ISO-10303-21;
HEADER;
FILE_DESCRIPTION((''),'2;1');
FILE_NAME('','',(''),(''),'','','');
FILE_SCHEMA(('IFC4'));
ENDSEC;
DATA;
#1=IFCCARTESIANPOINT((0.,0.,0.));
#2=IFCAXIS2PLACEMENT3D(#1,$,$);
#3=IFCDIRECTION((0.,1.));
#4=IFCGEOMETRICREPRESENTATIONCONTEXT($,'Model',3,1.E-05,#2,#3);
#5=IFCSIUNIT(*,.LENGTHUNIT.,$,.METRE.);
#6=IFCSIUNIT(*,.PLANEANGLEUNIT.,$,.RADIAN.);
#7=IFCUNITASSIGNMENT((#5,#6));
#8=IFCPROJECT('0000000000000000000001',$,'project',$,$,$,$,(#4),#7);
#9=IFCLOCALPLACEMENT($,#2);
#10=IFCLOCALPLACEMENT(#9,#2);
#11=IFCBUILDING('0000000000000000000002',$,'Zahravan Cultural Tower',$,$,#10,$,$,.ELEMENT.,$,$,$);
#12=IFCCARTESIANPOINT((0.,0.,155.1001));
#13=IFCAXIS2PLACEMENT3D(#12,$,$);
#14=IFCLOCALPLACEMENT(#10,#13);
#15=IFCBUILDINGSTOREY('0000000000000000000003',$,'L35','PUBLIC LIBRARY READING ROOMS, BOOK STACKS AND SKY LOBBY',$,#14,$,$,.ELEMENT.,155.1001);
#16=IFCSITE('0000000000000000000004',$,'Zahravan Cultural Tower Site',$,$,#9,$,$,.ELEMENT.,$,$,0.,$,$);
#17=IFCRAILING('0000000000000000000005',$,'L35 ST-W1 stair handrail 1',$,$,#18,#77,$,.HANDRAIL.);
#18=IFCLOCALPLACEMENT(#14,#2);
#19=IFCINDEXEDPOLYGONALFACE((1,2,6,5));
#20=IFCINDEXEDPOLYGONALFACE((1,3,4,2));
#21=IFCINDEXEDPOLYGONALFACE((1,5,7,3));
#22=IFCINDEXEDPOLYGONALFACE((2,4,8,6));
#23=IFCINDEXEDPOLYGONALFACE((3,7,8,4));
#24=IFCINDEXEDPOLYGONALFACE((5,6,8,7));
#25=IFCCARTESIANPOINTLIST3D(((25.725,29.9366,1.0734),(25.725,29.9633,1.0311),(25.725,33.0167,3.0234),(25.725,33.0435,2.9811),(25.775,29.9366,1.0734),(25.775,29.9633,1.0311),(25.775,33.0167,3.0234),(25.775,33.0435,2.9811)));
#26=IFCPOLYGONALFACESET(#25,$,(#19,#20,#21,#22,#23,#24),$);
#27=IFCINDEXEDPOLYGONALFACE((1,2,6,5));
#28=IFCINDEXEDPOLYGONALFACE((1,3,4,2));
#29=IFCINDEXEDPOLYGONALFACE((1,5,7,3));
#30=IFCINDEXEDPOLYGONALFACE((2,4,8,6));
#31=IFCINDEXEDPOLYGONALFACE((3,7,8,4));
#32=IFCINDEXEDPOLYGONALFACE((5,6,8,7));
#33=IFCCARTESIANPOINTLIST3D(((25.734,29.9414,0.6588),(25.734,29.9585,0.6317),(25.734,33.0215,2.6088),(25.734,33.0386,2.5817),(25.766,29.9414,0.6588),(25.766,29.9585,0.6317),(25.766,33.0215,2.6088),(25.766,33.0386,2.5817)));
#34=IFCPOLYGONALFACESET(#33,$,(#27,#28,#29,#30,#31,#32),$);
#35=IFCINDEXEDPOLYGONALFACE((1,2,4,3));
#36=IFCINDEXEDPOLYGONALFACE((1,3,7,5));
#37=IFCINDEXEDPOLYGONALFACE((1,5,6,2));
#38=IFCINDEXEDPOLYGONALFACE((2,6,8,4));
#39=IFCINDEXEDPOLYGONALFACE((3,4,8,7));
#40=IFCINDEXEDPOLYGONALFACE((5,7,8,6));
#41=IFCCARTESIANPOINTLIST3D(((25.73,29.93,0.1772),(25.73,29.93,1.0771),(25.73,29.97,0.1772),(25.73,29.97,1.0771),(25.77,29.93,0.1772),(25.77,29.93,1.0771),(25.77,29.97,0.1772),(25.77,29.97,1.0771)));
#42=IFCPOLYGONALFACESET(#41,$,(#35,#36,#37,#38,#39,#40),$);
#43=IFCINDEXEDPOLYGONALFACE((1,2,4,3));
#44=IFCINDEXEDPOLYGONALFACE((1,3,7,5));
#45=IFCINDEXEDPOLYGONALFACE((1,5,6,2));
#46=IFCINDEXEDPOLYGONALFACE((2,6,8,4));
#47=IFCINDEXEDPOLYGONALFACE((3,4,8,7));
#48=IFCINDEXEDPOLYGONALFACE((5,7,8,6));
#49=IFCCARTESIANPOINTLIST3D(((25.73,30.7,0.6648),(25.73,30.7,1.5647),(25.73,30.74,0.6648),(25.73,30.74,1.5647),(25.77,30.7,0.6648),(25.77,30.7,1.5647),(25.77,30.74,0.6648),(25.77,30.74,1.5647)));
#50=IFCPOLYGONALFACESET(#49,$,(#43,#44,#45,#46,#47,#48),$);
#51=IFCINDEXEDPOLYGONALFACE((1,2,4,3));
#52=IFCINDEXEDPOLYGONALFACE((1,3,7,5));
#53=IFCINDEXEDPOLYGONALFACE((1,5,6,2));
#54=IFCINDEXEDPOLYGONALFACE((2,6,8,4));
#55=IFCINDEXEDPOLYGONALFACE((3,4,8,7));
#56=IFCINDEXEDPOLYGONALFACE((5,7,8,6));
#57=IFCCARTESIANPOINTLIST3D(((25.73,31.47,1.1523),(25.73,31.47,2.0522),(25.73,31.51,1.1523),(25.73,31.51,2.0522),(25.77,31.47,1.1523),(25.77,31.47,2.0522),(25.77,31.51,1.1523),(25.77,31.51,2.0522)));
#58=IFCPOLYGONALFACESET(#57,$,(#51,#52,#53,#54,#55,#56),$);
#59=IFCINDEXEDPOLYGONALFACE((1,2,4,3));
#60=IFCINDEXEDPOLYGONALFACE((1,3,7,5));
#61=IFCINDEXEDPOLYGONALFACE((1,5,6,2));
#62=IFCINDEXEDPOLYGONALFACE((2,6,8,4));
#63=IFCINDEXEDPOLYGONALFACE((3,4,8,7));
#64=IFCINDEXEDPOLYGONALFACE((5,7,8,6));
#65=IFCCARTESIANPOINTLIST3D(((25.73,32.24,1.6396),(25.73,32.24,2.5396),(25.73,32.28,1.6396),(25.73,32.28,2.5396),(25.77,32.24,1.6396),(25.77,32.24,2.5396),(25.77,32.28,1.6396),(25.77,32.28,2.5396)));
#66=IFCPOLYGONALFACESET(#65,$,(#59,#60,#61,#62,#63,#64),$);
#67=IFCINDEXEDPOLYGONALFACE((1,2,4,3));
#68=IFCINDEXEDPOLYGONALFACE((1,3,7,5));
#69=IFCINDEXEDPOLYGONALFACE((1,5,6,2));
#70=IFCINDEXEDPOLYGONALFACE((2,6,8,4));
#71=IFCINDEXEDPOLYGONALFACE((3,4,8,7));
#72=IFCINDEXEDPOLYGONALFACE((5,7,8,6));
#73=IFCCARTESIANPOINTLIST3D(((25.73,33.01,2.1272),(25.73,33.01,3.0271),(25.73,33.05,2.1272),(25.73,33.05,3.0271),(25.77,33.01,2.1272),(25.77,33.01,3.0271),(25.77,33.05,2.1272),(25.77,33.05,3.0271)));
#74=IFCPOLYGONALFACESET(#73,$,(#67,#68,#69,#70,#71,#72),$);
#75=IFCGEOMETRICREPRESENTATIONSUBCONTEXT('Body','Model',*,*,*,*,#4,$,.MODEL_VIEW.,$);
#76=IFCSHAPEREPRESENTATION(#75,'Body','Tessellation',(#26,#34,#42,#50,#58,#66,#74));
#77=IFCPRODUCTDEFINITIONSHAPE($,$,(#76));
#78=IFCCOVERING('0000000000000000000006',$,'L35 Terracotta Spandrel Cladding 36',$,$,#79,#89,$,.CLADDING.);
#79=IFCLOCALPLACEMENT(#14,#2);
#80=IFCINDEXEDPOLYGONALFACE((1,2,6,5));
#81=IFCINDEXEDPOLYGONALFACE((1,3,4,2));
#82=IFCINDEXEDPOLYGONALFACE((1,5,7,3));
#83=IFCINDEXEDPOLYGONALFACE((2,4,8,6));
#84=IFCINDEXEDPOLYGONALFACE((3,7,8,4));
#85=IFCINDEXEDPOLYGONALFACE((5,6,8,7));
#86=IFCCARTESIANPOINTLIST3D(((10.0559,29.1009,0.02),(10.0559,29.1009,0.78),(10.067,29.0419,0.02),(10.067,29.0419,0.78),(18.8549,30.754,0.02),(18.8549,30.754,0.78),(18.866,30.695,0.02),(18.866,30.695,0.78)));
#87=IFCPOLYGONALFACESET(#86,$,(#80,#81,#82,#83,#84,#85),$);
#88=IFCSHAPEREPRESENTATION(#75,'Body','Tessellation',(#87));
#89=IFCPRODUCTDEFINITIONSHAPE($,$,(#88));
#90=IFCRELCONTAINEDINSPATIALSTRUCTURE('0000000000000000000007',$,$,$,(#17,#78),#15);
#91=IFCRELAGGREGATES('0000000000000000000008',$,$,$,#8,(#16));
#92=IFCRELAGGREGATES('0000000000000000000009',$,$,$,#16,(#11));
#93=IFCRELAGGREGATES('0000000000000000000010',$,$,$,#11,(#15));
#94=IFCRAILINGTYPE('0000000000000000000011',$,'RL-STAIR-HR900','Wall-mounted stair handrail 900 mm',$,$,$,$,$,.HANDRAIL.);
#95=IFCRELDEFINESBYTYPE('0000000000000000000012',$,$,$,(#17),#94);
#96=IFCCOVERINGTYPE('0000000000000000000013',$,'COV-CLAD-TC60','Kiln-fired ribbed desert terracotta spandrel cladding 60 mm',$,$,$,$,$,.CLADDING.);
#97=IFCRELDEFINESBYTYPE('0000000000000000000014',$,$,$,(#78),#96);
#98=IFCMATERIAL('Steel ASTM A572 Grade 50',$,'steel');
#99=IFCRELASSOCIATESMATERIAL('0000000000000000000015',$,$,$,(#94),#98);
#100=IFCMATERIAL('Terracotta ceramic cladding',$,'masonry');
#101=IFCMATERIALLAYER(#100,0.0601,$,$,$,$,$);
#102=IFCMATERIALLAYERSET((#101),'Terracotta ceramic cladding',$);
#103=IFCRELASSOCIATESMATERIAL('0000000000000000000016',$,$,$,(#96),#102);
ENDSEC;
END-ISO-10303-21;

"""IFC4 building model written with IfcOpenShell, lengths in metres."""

from ifc_helpers import new_model, si_unit, direction, frame, origin, origin_2d, place, context, subcontext, project, spatial, rectangle, extrude, source, transform, mapped, material, layer, layer_set, type_object, element, save


model = new_model("IFC4")

# Units and contexts
model_context = context("Model", 3, precision=1e-05, world=origin(), true_north=direction((0.0, 1.0)))
body_context = subcontext(model_context, "Body", "Model", "MODEL_VIEW")
ifc_project = project(units=[si_unit("LENGTHUNIT", "METRE"), si_unit("PLANEANGLEUNIT", "RADIAN")], contexts=[model_context])

# Site, building, storey
site_placement = place(None, origin())
site = spatial("IfcSite", under=ifc_project, at=site_placement, Name="Zahravan Cultural Tower Site", CompositionType="ELEMENT", RefElevation=0.0)
building_placement = place(site_placement, origin())
building = spatial("IfcBuilding", under=site, at=building_placement, Name="Zahravan Cultural Tower", CompositionType="ELEMENT")
storey_placement = place(building_placement, frame((0.0, 0.0, 155.1001)))
storey = spatial("IfcBuildingStorey", under=building, at=storey_placement, Name="L35", Description="PUBLIC LIBRARY READING ROOMS, BOOK STACKS AND SKY LOBBY", CompositionType="ELEMENT", Elevation=155.1001)

# Shared definitions
ifc_material_1 = material(Name="Steel ASTM A572 Grade 50", Category="steel")

# Railing
railing_type_1 = type_object("IfcRailingType", Name="RL-STAIR-HR900", Description="Wall-mounted stair handrail 900 mm", PredefinedType="HANDRAIL", material=ifc_material_1)
railing_1_placement = place(storey_placement, frame((25.75, 29.95, 0.1772)))
element("IfcRailing", 1, at=railing_1_placement, inside=storey, type_object=railing_type_1, Name="L35 ST-W1 stair handrail 1", PredefinedType="HANDRAIL", context=body_context, shape_type="SweptSolid", body=[
    extrude(rectangle(XDim=0.05, YDim=0.05, at=origin_2d()), frame((0.0, 0.0, 0.875), z_axis=(0.0, 0.844914, 0.534902), x_axis=(-1.0, 0.0, 0.0)), (0.0, 0.0, 1.0), 3.6455),
    extrude(rectangle(XDim=0.032, YDim=0.032, at=origin_2d()), frame((0.0, 0.0, 0.468), z_axis=(0.0, 0.844914, 0.534902), x_axis=(-1.0, 0.0, 0.0)), (0.0, 0.0, 1.0), 3.6455),
    extrude(rectangle(XDim=0.04, YDim=0.04, at=origin_2d()), origin(), (0.0, 0.0, 1.0), 0.8999),
    extrude(rectangle(XDim=0.04, YDim=0.04, at=origin_2d()), frame((0.0, 0.77, 0.4875)), (0.0, 0.0, 1.0), 0.8999),
    extrude(rectangle(XDim=0.04, YDim=0.04, at=origin_2d()), frame((0.0, 1.54, 0.9751)), (0.0, 0.0, 1.0), 0.8999),
    extrude(rectangle(XDim=0.04, YDim=0.04, at=origin_2d()), frame((0.0, 2.3101, 1.4624)), (0.0, 0.0, 1.0), 0.8999),
    extrude(rectangle(XDim=0.04, YDim=0.04, at=origin_2d()), frame((0.0, 3.0801, 1.95)), (0.0, 0.0, 1.0), 0.8999),
])

# Covering
ifc_material_2 = material(Name="Terracotta ceramic cladding", Category="masonry")
ifc_layer_1 = layer(ifc_material_2, 0.0601)
ifc_layer_set_1 = layer_set([ifc_layer_1], Name="Terracotta ceramic cladding")
covering_type = type_object("IfcCoveringType", Name="COV-CLAD-TC60", Description="Kiln-fired ribbed desert terracotta spandrel cladding 60 mm", PredefinedType="CLADDING", material=ifc_layer_set_1)
shared_shape_1 = source(origin(), body_context, "Body", "SweptSolid", [
    extrude(rectangle(XDim=8.9529, YDim=0.0601, at=origin_2d()), origin(), (0.0, 0.0, 1.0), 0.76),
])
covering_placement = place(storey_placement, frame((14.4609, 29.8979, 0.02), z_axis=(0.0, 0.0, 1.0), x_axis=(0.982807, 0.184638, 0.0)))
element("IfcCovering", 2, at=covering_placement, inside=storey, type_object=covering_type, Name="L35 Terracotta Spandrel Cladding 36", PredefinedType="CLADDING", context=body_context, shape_type="MappedRepresentation", body=[
    mapped(shared_shape_1, transform((0.0, 0.0, 0.0), x_axis=(1.0, 0.0, 0.0), y_axis=(0.0, 1.0, 0.0), z_axis=(0.0, 0.0, 1.0), scale=1.0)),
])

save(model, "model.ifc")
